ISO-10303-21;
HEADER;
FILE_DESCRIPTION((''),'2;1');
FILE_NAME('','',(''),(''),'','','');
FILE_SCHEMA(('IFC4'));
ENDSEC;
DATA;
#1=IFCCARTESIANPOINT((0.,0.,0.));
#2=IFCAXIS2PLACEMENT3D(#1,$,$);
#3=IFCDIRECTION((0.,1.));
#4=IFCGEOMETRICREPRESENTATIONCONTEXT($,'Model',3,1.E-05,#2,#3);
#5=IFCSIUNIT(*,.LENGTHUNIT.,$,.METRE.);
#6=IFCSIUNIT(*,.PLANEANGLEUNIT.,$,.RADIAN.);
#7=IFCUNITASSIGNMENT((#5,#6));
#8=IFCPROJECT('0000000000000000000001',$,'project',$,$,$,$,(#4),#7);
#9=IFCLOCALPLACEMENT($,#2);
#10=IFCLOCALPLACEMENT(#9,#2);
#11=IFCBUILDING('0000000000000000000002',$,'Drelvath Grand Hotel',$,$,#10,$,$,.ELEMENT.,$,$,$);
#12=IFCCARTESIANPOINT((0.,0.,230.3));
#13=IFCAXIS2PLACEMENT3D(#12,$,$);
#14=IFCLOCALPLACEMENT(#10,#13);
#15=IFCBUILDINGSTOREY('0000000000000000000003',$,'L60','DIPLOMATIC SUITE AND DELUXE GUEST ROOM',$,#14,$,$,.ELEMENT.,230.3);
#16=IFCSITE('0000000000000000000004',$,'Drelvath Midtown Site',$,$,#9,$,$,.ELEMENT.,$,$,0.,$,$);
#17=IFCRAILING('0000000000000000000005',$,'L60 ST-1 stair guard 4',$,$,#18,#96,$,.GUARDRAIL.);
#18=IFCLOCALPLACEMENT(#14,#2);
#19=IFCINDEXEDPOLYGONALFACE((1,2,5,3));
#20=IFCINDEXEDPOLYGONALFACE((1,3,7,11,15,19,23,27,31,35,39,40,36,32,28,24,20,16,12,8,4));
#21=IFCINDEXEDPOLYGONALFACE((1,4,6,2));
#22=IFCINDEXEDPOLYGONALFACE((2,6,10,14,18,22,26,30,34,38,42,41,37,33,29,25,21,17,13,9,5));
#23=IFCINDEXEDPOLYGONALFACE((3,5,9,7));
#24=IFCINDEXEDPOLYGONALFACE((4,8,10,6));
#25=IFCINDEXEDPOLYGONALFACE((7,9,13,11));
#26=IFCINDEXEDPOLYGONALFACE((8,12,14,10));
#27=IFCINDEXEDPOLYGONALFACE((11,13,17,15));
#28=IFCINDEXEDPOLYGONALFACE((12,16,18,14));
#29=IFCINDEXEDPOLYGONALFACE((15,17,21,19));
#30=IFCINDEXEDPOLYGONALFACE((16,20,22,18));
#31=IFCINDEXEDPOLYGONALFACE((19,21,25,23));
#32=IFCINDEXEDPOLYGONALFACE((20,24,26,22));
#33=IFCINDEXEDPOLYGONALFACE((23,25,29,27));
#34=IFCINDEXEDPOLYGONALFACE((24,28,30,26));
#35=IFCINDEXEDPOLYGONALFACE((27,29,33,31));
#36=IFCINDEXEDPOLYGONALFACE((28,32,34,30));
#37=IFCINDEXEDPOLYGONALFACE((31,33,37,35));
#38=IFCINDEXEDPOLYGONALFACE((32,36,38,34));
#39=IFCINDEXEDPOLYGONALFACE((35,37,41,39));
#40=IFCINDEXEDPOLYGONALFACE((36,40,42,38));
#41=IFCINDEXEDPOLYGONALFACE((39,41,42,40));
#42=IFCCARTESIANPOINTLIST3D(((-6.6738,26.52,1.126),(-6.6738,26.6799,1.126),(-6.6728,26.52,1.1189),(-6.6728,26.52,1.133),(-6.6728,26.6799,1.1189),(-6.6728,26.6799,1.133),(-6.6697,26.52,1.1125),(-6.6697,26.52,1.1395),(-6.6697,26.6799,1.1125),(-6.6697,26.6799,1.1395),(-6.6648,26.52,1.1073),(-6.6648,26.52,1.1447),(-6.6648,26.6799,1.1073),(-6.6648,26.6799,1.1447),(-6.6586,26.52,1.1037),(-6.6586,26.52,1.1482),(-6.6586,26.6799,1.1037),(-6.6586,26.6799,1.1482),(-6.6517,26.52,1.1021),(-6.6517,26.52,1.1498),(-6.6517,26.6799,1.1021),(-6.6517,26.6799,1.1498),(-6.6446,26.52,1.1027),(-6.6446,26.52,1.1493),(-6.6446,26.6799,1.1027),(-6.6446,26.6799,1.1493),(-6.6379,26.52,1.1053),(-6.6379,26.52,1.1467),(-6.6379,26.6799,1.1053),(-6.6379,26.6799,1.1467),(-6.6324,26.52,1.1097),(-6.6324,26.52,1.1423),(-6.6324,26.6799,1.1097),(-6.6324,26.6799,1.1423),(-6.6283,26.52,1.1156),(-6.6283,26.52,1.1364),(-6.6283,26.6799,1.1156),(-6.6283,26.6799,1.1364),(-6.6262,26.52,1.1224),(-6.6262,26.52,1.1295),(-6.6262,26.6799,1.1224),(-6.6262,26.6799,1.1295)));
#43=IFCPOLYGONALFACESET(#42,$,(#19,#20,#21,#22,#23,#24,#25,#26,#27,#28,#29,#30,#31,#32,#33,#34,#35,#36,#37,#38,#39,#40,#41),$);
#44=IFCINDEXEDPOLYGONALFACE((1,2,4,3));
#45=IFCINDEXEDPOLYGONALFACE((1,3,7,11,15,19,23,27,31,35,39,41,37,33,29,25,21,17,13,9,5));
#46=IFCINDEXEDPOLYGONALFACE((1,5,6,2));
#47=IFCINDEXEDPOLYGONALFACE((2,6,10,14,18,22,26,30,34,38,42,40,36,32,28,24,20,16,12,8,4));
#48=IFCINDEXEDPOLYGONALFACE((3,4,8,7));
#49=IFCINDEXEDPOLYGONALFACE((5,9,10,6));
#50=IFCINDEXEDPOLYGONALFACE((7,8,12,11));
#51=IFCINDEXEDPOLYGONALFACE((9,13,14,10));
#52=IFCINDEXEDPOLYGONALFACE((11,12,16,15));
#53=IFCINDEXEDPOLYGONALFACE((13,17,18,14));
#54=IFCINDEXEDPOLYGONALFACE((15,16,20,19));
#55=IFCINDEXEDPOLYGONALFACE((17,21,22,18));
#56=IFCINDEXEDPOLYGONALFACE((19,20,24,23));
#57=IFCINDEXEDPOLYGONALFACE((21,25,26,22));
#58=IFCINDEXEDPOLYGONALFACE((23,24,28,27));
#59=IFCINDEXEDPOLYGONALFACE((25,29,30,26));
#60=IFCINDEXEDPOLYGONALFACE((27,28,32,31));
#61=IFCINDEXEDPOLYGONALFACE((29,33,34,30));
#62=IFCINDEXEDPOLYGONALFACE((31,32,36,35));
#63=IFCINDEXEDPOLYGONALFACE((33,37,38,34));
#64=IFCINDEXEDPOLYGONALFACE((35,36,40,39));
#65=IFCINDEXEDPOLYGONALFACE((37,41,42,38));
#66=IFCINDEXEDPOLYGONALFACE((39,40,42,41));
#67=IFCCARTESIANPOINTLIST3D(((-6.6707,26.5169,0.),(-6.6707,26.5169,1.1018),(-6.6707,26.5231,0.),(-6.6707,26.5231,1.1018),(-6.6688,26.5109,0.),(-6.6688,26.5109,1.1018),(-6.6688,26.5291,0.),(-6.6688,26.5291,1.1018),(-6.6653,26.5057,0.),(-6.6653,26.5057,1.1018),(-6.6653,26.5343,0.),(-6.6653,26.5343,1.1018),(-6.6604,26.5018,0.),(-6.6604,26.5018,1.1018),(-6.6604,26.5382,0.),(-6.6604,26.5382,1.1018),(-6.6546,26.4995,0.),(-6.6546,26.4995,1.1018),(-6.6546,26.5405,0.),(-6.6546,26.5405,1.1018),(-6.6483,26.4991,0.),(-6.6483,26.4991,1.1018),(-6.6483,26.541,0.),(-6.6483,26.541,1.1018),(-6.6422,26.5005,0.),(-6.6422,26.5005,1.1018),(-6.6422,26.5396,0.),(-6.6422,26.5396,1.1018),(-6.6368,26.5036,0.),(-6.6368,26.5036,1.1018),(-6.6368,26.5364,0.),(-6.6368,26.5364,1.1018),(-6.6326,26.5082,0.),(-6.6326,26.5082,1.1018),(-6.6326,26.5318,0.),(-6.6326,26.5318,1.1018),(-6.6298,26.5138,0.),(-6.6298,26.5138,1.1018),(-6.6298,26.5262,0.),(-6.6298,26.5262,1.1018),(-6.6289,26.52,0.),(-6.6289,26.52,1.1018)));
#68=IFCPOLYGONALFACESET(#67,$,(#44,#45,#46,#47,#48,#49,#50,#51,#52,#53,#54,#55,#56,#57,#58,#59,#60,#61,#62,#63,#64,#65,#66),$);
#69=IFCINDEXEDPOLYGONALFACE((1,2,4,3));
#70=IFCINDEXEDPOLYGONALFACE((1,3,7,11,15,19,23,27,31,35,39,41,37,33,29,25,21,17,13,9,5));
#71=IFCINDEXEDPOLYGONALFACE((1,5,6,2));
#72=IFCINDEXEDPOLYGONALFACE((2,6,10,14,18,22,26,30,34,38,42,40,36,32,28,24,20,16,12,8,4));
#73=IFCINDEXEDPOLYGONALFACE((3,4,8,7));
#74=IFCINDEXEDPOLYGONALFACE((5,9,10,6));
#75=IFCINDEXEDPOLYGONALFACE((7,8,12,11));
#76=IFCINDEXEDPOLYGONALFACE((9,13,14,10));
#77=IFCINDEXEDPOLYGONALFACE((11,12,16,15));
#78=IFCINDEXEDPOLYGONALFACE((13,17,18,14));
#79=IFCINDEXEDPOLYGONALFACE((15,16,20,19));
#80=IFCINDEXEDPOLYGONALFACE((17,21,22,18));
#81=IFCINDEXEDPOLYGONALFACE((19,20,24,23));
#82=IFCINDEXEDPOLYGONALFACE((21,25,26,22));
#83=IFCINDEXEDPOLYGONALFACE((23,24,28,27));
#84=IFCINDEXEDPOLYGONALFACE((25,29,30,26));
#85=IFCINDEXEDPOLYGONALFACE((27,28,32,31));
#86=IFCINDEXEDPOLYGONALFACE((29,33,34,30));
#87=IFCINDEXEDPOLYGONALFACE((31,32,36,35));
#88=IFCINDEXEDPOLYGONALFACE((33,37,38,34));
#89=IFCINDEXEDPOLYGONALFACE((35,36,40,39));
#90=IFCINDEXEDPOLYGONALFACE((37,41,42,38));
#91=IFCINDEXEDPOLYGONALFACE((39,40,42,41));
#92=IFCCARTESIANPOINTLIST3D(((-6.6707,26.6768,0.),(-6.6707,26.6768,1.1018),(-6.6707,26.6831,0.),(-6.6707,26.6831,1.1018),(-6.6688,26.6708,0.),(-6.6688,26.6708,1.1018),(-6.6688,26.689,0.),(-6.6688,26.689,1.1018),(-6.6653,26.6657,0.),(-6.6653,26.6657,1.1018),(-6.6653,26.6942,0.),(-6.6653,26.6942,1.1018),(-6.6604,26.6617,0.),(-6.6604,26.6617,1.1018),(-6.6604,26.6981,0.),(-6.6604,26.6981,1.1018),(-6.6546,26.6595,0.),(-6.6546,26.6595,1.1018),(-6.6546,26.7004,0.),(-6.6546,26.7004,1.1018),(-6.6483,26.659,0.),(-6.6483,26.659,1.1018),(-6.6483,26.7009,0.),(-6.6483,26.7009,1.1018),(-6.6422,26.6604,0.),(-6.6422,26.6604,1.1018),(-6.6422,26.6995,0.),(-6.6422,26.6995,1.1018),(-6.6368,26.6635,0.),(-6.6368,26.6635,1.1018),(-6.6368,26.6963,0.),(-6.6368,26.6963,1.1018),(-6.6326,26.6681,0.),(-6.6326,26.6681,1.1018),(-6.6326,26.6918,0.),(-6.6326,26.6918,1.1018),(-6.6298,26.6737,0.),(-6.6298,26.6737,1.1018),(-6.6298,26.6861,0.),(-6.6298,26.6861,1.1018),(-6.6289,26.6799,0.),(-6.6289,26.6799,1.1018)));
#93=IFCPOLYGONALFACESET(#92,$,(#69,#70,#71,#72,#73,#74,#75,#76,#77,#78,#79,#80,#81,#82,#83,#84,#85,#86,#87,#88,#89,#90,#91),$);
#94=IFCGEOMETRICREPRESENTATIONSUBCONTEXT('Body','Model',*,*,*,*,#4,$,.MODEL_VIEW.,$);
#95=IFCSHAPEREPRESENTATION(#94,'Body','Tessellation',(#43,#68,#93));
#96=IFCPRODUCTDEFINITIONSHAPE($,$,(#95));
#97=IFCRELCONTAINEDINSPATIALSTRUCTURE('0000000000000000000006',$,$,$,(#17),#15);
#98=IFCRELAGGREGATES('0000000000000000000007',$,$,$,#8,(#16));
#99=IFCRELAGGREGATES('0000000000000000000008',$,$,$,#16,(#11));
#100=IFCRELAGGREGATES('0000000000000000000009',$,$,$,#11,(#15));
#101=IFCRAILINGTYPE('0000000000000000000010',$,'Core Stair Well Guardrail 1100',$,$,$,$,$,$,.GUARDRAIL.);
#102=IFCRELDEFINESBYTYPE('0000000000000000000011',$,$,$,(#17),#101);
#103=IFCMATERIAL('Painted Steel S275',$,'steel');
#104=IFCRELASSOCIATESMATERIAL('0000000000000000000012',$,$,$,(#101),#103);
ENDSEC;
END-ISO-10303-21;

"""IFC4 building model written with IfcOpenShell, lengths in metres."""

from ifc_helpers import new_model, si_unit, direction, frame, origin, origin_2d, place, context, subcontext, project, spatial, circle, extrude, material, type_object, element, save


model = new_model("IFC4")

# Units and contexts
model_context = context("Model", 3, precision=1e-05, world=origin(), true_north=direction((0.0, 1.0)))
body_context = subcontext(model_context, "Body", "Model", "MODEL_VIEW")
ifc_project = project(units=[si_unit("LENGTHUNIT", "METRE"), si_unit("PLANEANGLEUNIT", "RADIAN")], contexts=[model_context])

# Site, building, storey
site_placement = place(None, origin())
site = spatial("IfcSite", under=ifc_project, at=site_placement, Name="Drelvath Midtown Site", CompositionType="ELEMENT", RefElevation=0.0)
building_placement = place(site_placement, origin())
building = spatial("IfcBuilding", under=site, at=building_placement, Name="Drelvath Grand Hotel", CompositionType="ELEMENT")
storey_placement = place(building_placement, frame((0.0, 0.0, 230.3)))
storey = spatial("IfcBuildingStorey", under=building, at=storey_placement, Name="L60", Description="DIPLOMATIC SUITE AND DELUXE GUEST ROOM", CompositionType="ELEMENT", Elevation=230.3)

# Shared definitions
ifc_material_1 = material(Name="Painted Steel S275", Category="steel")

# Railing
railing_type_1 = type_object("IfcRailingType", Name="Core Stair Well Guardrail 1100", PredefinedType="GUARDRAIL", material=ifc_material_1)
railing_1_placement = place(storey_placement, frame((-6.6499, 26.52, 0.0)))
element("IfcRailing", 1, at=railing_1_placement, inside=storey, type_object=railing_type_1, Name="L60 ST-1 stair guard 4", PredefinedType="GUARDRAIL", context=body_context, shape_type="SweptSolid", body=[
    extrude(circle(Radius=0.0239, at=origin_2d()), frame((0.0, 0.0, 1.126), z_axis=(0.0, 1.0, 0.0), x_axis=(-1.0, 0.0, 0.0)), (0.0, 0.0, 1.0), 0.1599),
    extrude(circle(Radius=0.021, at=origin_2d()), origin(), (0.0, 0.0, 1.0), 1.1018),
    extrude(circle(Radius=0.021, at=origin_2d()), frame((0.0, 0.1599, 0.0)), (0.0, 0.0, 1.0), 1.1018),
])

save(model, "model.ifc")
